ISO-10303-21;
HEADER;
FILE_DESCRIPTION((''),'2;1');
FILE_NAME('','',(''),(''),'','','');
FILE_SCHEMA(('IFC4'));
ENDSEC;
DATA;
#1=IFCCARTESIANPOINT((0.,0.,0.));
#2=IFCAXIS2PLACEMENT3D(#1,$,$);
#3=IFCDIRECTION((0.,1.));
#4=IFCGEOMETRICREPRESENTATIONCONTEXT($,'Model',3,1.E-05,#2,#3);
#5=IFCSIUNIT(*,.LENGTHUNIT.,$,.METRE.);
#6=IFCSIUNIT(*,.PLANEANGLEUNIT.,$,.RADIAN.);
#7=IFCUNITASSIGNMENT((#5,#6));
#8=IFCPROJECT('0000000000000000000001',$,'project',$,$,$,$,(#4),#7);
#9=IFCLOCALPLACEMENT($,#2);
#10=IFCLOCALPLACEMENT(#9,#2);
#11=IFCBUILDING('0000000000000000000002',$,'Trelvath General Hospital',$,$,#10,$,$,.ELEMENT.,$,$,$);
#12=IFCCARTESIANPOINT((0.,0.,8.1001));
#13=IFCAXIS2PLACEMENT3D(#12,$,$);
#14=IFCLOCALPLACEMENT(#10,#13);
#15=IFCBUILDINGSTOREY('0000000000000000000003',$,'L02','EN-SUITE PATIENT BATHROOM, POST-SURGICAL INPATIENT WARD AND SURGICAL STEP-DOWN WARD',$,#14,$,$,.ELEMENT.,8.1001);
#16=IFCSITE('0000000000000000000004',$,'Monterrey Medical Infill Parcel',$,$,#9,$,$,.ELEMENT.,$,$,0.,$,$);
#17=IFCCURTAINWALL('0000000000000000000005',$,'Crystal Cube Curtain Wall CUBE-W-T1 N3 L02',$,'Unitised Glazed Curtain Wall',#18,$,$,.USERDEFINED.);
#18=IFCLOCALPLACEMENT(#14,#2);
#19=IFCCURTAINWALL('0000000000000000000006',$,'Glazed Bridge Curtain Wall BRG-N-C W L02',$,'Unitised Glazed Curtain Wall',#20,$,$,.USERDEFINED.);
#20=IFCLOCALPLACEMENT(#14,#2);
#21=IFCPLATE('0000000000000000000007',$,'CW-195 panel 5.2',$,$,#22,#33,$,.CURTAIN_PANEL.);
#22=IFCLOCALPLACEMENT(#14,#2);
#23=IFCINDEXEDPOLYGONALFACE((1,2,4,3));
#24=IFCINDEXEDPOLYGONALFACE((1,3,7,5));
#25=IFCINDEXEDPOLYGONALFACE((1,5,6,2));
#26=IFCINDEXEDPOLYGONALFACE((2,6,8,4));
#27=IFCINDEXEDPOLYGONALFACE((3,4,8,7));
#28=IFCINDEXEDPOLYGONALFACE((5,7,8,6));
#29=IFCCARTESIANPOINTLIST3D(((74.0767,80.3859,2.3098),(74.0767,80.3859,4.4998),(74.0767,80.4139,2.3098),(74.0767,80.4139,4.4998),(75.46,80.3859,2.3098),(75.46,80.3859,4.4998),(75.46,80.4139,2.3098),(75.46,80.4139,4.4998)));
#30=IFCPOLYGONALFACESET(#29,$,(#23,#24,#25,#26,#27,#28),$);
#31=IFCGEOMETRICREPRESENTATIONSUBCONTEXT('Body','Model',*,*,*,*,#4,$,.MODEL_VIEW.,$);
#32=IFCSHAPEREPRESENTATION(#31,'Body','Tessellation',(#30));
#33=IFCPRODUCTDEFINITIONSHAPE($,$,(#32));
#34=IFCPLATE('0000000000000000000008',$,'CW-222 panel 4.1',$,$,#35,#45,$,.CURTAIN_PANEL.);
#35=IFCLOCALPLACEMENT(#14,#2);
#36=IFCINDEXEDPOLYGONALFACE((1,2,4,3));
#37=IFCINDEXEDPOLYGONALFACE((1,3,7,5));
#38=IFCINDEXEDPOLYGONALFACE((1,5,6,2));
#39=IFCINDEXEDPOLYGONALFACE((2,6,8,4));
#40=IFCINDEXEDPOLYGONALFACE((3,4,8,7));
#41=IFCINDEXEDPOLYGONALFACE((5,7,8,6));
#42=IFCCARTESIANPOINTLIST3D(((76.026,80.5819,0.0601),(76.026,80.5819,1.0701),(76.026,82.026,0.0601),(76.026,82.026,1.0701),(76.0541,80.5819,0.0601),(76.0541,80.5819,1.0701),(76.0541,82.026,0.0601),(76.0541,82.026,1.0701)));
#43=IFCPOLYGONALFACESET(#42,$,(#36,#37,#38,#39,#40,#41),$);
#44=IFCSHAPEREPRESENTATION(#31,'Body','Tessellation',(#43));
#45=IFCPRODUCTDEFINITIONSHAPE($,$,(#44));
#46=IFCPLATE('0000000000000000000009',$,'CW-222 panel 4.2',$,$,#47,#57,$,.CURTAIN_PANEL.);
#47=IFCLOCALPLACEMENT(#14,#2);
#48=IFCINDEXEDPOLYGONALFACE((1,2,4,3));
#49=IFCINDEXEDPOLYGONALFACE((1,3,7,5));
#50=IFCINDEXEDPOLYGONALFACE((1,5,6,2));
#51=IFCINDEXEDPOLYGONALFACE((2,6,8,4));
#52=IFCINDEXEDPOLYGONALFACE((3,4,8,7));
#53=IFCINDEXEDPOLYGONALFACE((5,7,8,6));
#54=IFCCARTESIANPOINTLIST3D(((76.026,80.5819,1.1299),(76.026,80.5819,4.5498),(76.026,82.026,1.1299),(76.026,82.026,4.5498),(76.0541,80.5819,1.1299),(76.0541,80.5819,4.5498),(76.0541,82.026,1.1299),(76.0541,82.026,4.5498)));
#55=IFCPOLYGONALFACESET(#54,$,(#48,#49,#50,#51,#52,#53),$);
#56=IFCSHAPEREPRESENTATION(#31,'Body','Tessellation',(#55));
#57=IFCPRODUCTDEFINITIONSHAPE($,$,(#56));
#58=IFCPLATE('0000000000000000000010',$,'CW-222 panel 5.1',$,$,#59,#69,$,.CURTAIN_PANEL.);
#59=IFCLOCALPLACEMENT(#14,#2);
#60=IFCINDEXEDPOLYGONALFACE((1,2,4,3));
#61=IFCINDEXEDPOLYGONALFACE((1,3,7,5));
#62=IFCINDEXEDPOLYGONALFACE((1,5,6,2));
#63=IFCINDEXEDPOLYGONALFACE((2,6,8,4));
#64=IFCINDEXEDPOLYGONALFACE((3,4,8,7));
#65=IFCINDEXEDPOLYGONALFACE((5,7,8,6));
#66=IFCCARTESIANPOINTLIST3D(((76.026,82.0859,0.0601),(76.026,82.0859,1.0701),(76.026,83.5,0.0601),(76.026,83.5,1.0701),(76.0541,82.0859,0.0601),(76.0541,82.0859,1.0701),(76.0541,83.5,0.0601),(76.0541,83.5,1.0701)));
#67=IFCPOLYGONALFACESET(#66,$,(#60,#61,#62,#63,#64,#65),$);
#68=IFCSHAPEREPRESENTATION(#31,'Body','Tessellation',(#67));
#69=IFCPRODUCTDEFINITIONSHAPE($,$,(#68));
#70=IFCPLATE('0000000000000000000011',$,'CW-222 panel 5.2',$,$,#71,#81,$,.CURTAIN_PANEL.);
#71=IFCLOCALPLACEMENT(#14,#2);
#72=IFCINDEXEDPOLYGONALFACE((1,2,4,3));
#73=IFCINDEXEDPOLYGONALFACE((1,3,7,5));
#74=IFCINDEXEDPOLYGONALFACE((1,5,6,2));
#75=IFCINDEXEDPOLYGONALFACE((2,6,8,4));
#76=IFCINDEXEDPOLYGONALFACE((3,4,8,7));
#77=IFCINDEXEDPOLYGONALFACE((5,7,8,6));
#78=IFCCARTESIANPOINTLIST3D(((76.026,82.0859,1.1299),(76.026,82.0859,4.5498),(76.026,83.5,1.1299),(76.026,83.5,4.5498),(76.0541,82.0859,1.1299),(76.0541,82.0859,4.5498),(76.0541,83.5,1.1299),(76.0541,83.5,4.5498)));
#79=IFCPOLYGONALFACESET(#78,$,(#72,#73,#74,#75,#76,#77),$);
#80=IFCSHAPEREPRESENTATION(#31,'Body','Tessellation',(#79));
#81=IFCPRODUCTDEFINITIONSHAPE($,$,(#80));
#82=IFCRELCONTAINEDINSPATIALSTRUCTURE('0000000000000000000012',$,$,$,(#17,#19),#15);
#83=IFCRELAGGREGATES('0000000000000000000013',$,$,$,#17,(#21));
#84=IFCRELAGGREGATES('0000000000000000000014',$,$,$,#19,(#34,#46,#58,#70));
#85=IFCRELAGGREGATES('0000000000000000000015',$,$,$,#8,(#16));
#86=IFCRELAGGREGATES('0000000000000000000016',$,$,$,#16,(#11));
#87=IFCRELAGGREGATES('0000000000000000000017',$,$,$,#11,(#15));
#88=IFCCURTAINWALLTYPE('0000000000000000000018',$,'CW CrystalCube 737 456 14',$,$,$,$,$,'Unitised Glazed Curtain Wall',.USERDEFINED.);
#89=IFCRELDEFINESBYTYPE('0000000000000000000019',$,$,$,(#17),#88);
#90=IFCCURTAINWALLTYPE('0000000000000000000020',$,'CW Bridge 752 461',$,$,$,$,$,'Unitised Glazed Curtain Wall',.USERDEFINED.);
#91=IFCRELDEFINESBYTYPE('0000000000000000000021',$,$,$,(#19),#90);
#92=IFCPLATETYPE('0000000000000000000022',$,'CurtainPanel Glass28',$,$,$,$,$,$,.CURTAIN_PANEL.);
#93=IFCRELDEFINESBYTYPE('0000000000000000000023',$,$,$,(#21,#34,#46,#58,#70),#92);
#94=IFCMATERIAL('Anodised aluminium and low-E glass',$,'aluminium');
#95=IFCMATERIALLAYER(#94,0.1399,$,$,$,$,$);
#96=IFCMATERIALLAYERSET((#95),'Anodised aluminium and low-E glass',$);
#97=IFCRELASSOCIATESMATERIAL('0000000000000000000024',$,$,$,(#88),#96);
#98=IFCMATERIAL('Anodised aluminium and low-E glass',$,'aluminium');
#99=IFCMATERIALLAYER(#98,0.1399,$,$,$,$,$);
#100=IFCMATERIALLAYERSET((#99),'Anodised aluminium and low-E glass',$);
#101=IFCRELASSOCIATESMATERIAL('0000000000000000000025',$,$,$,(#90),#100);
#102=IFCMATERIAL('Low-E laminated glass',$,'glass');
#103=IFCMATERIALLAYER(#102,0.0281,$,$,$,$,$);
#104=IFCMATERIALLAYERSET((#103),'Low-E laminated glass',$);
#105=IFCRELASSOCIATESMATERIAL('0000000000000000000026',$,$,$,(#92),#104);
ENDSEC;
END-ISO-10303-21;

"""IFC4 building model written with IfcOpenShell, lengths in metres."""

from ifc_helpers import new_model, si_unit, direction, frame, origin, origin_2d, place, context, subcontext, project, spatial, rectangle, extrude, material, layer, layer_set, type_object, element, aggregate, save


model = new_model("IFC4")

# Units and contexts
model_context = context("Model", 3, precision=1e-05, world=origin(), true_north=direction((0.0, 1.0)))
body_context = subcontext(model_context, "Body", "Model", "MODEL_VIEW")
ifc_project = project(units=[si_unit("LENGTHUNIT", "METRE"), si_unit("PLANEANGLEUNIT", "RADIAN")], contexts=[model_context])

# Site, building, storey
site_placement = place(None, origin())
site = spatial("IfcSite", under=ifc_project, at=site_placement, Name="Monterrey Medical Infill Parcel", CompositionType="ELEMENT", RefElevation=0.0)
building_placement = place(site_placement, origin())
building = spatial("IfcBuilding", under=site, at=building_placement, Name="Trelvath General Hospital", CompositionType="ELEMENT")
storey_placement = place(building_placement, frame((0.0, 0.0, 8.1001)))
storey = spatial("IfcBuildingStorey", under=building, at=storey_placement, Name="L02", Description="EN-SUITE PATIENT BATHROOM, POST-SURGICAL INPATIENT WARD AND SURGICAL STEP-DOWN WARD", CompositionType="ELEMENT", Elevation=8.1001)

# Curtain walls
ifc_material_1 = material(Name="Anodised aluminium and low-E glass", Category="aluminium")
ifc_layer_1 = layer(ifc_material_1, 0.1399)
ifc_layer_set_1 = layer_set([ifc_layer_1], Name="Anodised aluminium and low-E glass")
curtain_wall_type_1 = type_object("IfcCurtainWallType", Name="CW CrystalCube 737 456 14", ElementType="Unitised Glazed Curtain Wall", PredefinedType="USERDEFINED", material=ifc_layer_set_1)
curtain_wall_1_placement = place(storey_placement, origin())
curtain_wall_1 = element("IfcCurtainWall", 1, at=curtain_wall_1_placement, inside=storey, type_object=curtain_wall_type_1, Name="Crystal Cube Curtain Wall CUBE-W-T1 N3 L02", ObjectType="Unitised Glazed Curtain Wall", PredefinedType="USERDEFINED")
ifc_material_2 = material(Name="Anodised aluminium and low-E glass", Category="aluminium")
ifc_layer_2 = layer(ifc_material_2, 0.1399)
ifc_layer_set_2 = layer_set([ifc_layer_2], Name="Anodised aluminium and low-E glass")
curtain_wall_type_2 = type_object("IfcCurtainWallType", Name="CW Bridge 752 461", ElementType="Unitised Glazed Curtain Wall", PredefinedType="USERDEFINED", material=ifc_layer_set_2)
curtain_wall_2_placement = place(storey_placement, origin())
curtain_wall_2 = element("IfcCurtainWall", 2, at=curtain_wall_2_placement, inside=storey, type_object=curtain_wall_type_2, Name="Glazed Bridge Curtain Wall BRG-N-C W L02", ObjectType="Unitised Glazed Curtain Wall", PredefinedType="USERDEFINED")

# Plates
ifc_material_3 = material(Name="Low-E laminated glass", Category="glass")
ifc_layer_3 = layer(ifc_material_3, 0.0281)
ifc_layer_set_3 = layer_set([ifc_layer_3], Name="Low-E laminated glass")
plate_type = type_object("IfcPlateType", Name="CurtainPanel Glass28", PredefinedType="CURTAIN_PANEL", material=ifc_layer_set_3)
plate_1_placement = place(storey_placement, frame((74.7683, 80.3999, 2.3098), z_axis=(0.0, 0.0, 1.0), x_axis=(1.0, 0.0, 0.0)))
plate_1 = element("IfcPlate", 3, at=plate_1_placement, type_object=plate_type, Name="CW-195 panel 5.2", PredefinedType="CURTAIN_PANEL", context=body_context, shape_type="SweptSolid", body=[
    extrude(rectangle(XDim=1.3833, YDim=0.0281, at=origin_2d()), origin(), (0.0, 0.0, 1.0), 2.1899),
])
aggregate(curtain_wall_1, [plate_1])
plate_2_placement = place(storey_placement, frame((76.04, 81.304, 0.0601), z_axis=(0.0, 0.0, 1.0), x_axis=(0.0, 1.0, 0.0)))
plate_2 = element("IfcPlate", 4, at=plate_2_placement, type_object=plate_type, Name="CW-222 panel 4.1", PredefinedType="CURTAIN_PANEL", context=body_context, shape_type="SweptSolid", body=[
    extrude(rectangle(XDim=1.4441, YDim=0.0281, at=origin_2d()), origin(), (0.0, 0.0, 1.0), 1.01),
])
plate_3_placement = place(storey_placement, frame((76.04, 81.304, 1.1299), z_axis=(0.0, 0.0, 1.0), x_axis=(0.0, 1.0, 0.0)))
plate_3 = element("IfcPlate", 5, at=plate_3_placement, type_object=plate_type, Name="CW-222 panel 4.2", PredefinedType="CURTAIN_PANEL", context=body_context, shape_type="SweptSolid", body=[
    extrude(rectangle(XDim=1.4441, YDim=0.0281, at=origin_2d()), origin(), (0.0, 0.0, 1.0), 3.4199),
])
plate_4_placement = place(storey_placement, frame((76.04, 82.793, 0.0601), z_axis=(0.0, 0.0, 1.0), x_axis=(0.0, 1.0, 0.0)))
plate_4 = element("IfcPlate", 6, at=plate_4_placement, type_object=plate_type, Name="CW-222 panel 5.1", PredefinedType="CURTAIN_PANEL", context=body_context, shape_type="SweptSolid", body=[
    extrude(rectangle(XDim=1.4141, YDim=0.0281, at=origin_2d()), origin(), (0.0, 0.0, 1.0), 1.01),
])
plate_5_placement = place(storey_placement, frame((76.04, 82.793, 1.1299), z_axis=(0.0, 0.0, 1.0), x_axis=(0.0, 1.0, 0.0)))
plate_5 = element("IfcPlate", 7, at=plate_5_placement, type_object=plate_type, Name="CW-222 panel 5.2", PredefinedType="CURTAIN_PANEL", context=body_context, shape_type="SweptSolid", body=[
    extrude(rectangle(XDim=1.4141, YDim=0.0281, at=origin_2d()), origin(), (0.0, 0.0, 1.0), 3.4199),
])
aggregate(curtain_wall_2, [plate_2, plate_3, plate_4, plate_5])

save(model, "model.ifc")
